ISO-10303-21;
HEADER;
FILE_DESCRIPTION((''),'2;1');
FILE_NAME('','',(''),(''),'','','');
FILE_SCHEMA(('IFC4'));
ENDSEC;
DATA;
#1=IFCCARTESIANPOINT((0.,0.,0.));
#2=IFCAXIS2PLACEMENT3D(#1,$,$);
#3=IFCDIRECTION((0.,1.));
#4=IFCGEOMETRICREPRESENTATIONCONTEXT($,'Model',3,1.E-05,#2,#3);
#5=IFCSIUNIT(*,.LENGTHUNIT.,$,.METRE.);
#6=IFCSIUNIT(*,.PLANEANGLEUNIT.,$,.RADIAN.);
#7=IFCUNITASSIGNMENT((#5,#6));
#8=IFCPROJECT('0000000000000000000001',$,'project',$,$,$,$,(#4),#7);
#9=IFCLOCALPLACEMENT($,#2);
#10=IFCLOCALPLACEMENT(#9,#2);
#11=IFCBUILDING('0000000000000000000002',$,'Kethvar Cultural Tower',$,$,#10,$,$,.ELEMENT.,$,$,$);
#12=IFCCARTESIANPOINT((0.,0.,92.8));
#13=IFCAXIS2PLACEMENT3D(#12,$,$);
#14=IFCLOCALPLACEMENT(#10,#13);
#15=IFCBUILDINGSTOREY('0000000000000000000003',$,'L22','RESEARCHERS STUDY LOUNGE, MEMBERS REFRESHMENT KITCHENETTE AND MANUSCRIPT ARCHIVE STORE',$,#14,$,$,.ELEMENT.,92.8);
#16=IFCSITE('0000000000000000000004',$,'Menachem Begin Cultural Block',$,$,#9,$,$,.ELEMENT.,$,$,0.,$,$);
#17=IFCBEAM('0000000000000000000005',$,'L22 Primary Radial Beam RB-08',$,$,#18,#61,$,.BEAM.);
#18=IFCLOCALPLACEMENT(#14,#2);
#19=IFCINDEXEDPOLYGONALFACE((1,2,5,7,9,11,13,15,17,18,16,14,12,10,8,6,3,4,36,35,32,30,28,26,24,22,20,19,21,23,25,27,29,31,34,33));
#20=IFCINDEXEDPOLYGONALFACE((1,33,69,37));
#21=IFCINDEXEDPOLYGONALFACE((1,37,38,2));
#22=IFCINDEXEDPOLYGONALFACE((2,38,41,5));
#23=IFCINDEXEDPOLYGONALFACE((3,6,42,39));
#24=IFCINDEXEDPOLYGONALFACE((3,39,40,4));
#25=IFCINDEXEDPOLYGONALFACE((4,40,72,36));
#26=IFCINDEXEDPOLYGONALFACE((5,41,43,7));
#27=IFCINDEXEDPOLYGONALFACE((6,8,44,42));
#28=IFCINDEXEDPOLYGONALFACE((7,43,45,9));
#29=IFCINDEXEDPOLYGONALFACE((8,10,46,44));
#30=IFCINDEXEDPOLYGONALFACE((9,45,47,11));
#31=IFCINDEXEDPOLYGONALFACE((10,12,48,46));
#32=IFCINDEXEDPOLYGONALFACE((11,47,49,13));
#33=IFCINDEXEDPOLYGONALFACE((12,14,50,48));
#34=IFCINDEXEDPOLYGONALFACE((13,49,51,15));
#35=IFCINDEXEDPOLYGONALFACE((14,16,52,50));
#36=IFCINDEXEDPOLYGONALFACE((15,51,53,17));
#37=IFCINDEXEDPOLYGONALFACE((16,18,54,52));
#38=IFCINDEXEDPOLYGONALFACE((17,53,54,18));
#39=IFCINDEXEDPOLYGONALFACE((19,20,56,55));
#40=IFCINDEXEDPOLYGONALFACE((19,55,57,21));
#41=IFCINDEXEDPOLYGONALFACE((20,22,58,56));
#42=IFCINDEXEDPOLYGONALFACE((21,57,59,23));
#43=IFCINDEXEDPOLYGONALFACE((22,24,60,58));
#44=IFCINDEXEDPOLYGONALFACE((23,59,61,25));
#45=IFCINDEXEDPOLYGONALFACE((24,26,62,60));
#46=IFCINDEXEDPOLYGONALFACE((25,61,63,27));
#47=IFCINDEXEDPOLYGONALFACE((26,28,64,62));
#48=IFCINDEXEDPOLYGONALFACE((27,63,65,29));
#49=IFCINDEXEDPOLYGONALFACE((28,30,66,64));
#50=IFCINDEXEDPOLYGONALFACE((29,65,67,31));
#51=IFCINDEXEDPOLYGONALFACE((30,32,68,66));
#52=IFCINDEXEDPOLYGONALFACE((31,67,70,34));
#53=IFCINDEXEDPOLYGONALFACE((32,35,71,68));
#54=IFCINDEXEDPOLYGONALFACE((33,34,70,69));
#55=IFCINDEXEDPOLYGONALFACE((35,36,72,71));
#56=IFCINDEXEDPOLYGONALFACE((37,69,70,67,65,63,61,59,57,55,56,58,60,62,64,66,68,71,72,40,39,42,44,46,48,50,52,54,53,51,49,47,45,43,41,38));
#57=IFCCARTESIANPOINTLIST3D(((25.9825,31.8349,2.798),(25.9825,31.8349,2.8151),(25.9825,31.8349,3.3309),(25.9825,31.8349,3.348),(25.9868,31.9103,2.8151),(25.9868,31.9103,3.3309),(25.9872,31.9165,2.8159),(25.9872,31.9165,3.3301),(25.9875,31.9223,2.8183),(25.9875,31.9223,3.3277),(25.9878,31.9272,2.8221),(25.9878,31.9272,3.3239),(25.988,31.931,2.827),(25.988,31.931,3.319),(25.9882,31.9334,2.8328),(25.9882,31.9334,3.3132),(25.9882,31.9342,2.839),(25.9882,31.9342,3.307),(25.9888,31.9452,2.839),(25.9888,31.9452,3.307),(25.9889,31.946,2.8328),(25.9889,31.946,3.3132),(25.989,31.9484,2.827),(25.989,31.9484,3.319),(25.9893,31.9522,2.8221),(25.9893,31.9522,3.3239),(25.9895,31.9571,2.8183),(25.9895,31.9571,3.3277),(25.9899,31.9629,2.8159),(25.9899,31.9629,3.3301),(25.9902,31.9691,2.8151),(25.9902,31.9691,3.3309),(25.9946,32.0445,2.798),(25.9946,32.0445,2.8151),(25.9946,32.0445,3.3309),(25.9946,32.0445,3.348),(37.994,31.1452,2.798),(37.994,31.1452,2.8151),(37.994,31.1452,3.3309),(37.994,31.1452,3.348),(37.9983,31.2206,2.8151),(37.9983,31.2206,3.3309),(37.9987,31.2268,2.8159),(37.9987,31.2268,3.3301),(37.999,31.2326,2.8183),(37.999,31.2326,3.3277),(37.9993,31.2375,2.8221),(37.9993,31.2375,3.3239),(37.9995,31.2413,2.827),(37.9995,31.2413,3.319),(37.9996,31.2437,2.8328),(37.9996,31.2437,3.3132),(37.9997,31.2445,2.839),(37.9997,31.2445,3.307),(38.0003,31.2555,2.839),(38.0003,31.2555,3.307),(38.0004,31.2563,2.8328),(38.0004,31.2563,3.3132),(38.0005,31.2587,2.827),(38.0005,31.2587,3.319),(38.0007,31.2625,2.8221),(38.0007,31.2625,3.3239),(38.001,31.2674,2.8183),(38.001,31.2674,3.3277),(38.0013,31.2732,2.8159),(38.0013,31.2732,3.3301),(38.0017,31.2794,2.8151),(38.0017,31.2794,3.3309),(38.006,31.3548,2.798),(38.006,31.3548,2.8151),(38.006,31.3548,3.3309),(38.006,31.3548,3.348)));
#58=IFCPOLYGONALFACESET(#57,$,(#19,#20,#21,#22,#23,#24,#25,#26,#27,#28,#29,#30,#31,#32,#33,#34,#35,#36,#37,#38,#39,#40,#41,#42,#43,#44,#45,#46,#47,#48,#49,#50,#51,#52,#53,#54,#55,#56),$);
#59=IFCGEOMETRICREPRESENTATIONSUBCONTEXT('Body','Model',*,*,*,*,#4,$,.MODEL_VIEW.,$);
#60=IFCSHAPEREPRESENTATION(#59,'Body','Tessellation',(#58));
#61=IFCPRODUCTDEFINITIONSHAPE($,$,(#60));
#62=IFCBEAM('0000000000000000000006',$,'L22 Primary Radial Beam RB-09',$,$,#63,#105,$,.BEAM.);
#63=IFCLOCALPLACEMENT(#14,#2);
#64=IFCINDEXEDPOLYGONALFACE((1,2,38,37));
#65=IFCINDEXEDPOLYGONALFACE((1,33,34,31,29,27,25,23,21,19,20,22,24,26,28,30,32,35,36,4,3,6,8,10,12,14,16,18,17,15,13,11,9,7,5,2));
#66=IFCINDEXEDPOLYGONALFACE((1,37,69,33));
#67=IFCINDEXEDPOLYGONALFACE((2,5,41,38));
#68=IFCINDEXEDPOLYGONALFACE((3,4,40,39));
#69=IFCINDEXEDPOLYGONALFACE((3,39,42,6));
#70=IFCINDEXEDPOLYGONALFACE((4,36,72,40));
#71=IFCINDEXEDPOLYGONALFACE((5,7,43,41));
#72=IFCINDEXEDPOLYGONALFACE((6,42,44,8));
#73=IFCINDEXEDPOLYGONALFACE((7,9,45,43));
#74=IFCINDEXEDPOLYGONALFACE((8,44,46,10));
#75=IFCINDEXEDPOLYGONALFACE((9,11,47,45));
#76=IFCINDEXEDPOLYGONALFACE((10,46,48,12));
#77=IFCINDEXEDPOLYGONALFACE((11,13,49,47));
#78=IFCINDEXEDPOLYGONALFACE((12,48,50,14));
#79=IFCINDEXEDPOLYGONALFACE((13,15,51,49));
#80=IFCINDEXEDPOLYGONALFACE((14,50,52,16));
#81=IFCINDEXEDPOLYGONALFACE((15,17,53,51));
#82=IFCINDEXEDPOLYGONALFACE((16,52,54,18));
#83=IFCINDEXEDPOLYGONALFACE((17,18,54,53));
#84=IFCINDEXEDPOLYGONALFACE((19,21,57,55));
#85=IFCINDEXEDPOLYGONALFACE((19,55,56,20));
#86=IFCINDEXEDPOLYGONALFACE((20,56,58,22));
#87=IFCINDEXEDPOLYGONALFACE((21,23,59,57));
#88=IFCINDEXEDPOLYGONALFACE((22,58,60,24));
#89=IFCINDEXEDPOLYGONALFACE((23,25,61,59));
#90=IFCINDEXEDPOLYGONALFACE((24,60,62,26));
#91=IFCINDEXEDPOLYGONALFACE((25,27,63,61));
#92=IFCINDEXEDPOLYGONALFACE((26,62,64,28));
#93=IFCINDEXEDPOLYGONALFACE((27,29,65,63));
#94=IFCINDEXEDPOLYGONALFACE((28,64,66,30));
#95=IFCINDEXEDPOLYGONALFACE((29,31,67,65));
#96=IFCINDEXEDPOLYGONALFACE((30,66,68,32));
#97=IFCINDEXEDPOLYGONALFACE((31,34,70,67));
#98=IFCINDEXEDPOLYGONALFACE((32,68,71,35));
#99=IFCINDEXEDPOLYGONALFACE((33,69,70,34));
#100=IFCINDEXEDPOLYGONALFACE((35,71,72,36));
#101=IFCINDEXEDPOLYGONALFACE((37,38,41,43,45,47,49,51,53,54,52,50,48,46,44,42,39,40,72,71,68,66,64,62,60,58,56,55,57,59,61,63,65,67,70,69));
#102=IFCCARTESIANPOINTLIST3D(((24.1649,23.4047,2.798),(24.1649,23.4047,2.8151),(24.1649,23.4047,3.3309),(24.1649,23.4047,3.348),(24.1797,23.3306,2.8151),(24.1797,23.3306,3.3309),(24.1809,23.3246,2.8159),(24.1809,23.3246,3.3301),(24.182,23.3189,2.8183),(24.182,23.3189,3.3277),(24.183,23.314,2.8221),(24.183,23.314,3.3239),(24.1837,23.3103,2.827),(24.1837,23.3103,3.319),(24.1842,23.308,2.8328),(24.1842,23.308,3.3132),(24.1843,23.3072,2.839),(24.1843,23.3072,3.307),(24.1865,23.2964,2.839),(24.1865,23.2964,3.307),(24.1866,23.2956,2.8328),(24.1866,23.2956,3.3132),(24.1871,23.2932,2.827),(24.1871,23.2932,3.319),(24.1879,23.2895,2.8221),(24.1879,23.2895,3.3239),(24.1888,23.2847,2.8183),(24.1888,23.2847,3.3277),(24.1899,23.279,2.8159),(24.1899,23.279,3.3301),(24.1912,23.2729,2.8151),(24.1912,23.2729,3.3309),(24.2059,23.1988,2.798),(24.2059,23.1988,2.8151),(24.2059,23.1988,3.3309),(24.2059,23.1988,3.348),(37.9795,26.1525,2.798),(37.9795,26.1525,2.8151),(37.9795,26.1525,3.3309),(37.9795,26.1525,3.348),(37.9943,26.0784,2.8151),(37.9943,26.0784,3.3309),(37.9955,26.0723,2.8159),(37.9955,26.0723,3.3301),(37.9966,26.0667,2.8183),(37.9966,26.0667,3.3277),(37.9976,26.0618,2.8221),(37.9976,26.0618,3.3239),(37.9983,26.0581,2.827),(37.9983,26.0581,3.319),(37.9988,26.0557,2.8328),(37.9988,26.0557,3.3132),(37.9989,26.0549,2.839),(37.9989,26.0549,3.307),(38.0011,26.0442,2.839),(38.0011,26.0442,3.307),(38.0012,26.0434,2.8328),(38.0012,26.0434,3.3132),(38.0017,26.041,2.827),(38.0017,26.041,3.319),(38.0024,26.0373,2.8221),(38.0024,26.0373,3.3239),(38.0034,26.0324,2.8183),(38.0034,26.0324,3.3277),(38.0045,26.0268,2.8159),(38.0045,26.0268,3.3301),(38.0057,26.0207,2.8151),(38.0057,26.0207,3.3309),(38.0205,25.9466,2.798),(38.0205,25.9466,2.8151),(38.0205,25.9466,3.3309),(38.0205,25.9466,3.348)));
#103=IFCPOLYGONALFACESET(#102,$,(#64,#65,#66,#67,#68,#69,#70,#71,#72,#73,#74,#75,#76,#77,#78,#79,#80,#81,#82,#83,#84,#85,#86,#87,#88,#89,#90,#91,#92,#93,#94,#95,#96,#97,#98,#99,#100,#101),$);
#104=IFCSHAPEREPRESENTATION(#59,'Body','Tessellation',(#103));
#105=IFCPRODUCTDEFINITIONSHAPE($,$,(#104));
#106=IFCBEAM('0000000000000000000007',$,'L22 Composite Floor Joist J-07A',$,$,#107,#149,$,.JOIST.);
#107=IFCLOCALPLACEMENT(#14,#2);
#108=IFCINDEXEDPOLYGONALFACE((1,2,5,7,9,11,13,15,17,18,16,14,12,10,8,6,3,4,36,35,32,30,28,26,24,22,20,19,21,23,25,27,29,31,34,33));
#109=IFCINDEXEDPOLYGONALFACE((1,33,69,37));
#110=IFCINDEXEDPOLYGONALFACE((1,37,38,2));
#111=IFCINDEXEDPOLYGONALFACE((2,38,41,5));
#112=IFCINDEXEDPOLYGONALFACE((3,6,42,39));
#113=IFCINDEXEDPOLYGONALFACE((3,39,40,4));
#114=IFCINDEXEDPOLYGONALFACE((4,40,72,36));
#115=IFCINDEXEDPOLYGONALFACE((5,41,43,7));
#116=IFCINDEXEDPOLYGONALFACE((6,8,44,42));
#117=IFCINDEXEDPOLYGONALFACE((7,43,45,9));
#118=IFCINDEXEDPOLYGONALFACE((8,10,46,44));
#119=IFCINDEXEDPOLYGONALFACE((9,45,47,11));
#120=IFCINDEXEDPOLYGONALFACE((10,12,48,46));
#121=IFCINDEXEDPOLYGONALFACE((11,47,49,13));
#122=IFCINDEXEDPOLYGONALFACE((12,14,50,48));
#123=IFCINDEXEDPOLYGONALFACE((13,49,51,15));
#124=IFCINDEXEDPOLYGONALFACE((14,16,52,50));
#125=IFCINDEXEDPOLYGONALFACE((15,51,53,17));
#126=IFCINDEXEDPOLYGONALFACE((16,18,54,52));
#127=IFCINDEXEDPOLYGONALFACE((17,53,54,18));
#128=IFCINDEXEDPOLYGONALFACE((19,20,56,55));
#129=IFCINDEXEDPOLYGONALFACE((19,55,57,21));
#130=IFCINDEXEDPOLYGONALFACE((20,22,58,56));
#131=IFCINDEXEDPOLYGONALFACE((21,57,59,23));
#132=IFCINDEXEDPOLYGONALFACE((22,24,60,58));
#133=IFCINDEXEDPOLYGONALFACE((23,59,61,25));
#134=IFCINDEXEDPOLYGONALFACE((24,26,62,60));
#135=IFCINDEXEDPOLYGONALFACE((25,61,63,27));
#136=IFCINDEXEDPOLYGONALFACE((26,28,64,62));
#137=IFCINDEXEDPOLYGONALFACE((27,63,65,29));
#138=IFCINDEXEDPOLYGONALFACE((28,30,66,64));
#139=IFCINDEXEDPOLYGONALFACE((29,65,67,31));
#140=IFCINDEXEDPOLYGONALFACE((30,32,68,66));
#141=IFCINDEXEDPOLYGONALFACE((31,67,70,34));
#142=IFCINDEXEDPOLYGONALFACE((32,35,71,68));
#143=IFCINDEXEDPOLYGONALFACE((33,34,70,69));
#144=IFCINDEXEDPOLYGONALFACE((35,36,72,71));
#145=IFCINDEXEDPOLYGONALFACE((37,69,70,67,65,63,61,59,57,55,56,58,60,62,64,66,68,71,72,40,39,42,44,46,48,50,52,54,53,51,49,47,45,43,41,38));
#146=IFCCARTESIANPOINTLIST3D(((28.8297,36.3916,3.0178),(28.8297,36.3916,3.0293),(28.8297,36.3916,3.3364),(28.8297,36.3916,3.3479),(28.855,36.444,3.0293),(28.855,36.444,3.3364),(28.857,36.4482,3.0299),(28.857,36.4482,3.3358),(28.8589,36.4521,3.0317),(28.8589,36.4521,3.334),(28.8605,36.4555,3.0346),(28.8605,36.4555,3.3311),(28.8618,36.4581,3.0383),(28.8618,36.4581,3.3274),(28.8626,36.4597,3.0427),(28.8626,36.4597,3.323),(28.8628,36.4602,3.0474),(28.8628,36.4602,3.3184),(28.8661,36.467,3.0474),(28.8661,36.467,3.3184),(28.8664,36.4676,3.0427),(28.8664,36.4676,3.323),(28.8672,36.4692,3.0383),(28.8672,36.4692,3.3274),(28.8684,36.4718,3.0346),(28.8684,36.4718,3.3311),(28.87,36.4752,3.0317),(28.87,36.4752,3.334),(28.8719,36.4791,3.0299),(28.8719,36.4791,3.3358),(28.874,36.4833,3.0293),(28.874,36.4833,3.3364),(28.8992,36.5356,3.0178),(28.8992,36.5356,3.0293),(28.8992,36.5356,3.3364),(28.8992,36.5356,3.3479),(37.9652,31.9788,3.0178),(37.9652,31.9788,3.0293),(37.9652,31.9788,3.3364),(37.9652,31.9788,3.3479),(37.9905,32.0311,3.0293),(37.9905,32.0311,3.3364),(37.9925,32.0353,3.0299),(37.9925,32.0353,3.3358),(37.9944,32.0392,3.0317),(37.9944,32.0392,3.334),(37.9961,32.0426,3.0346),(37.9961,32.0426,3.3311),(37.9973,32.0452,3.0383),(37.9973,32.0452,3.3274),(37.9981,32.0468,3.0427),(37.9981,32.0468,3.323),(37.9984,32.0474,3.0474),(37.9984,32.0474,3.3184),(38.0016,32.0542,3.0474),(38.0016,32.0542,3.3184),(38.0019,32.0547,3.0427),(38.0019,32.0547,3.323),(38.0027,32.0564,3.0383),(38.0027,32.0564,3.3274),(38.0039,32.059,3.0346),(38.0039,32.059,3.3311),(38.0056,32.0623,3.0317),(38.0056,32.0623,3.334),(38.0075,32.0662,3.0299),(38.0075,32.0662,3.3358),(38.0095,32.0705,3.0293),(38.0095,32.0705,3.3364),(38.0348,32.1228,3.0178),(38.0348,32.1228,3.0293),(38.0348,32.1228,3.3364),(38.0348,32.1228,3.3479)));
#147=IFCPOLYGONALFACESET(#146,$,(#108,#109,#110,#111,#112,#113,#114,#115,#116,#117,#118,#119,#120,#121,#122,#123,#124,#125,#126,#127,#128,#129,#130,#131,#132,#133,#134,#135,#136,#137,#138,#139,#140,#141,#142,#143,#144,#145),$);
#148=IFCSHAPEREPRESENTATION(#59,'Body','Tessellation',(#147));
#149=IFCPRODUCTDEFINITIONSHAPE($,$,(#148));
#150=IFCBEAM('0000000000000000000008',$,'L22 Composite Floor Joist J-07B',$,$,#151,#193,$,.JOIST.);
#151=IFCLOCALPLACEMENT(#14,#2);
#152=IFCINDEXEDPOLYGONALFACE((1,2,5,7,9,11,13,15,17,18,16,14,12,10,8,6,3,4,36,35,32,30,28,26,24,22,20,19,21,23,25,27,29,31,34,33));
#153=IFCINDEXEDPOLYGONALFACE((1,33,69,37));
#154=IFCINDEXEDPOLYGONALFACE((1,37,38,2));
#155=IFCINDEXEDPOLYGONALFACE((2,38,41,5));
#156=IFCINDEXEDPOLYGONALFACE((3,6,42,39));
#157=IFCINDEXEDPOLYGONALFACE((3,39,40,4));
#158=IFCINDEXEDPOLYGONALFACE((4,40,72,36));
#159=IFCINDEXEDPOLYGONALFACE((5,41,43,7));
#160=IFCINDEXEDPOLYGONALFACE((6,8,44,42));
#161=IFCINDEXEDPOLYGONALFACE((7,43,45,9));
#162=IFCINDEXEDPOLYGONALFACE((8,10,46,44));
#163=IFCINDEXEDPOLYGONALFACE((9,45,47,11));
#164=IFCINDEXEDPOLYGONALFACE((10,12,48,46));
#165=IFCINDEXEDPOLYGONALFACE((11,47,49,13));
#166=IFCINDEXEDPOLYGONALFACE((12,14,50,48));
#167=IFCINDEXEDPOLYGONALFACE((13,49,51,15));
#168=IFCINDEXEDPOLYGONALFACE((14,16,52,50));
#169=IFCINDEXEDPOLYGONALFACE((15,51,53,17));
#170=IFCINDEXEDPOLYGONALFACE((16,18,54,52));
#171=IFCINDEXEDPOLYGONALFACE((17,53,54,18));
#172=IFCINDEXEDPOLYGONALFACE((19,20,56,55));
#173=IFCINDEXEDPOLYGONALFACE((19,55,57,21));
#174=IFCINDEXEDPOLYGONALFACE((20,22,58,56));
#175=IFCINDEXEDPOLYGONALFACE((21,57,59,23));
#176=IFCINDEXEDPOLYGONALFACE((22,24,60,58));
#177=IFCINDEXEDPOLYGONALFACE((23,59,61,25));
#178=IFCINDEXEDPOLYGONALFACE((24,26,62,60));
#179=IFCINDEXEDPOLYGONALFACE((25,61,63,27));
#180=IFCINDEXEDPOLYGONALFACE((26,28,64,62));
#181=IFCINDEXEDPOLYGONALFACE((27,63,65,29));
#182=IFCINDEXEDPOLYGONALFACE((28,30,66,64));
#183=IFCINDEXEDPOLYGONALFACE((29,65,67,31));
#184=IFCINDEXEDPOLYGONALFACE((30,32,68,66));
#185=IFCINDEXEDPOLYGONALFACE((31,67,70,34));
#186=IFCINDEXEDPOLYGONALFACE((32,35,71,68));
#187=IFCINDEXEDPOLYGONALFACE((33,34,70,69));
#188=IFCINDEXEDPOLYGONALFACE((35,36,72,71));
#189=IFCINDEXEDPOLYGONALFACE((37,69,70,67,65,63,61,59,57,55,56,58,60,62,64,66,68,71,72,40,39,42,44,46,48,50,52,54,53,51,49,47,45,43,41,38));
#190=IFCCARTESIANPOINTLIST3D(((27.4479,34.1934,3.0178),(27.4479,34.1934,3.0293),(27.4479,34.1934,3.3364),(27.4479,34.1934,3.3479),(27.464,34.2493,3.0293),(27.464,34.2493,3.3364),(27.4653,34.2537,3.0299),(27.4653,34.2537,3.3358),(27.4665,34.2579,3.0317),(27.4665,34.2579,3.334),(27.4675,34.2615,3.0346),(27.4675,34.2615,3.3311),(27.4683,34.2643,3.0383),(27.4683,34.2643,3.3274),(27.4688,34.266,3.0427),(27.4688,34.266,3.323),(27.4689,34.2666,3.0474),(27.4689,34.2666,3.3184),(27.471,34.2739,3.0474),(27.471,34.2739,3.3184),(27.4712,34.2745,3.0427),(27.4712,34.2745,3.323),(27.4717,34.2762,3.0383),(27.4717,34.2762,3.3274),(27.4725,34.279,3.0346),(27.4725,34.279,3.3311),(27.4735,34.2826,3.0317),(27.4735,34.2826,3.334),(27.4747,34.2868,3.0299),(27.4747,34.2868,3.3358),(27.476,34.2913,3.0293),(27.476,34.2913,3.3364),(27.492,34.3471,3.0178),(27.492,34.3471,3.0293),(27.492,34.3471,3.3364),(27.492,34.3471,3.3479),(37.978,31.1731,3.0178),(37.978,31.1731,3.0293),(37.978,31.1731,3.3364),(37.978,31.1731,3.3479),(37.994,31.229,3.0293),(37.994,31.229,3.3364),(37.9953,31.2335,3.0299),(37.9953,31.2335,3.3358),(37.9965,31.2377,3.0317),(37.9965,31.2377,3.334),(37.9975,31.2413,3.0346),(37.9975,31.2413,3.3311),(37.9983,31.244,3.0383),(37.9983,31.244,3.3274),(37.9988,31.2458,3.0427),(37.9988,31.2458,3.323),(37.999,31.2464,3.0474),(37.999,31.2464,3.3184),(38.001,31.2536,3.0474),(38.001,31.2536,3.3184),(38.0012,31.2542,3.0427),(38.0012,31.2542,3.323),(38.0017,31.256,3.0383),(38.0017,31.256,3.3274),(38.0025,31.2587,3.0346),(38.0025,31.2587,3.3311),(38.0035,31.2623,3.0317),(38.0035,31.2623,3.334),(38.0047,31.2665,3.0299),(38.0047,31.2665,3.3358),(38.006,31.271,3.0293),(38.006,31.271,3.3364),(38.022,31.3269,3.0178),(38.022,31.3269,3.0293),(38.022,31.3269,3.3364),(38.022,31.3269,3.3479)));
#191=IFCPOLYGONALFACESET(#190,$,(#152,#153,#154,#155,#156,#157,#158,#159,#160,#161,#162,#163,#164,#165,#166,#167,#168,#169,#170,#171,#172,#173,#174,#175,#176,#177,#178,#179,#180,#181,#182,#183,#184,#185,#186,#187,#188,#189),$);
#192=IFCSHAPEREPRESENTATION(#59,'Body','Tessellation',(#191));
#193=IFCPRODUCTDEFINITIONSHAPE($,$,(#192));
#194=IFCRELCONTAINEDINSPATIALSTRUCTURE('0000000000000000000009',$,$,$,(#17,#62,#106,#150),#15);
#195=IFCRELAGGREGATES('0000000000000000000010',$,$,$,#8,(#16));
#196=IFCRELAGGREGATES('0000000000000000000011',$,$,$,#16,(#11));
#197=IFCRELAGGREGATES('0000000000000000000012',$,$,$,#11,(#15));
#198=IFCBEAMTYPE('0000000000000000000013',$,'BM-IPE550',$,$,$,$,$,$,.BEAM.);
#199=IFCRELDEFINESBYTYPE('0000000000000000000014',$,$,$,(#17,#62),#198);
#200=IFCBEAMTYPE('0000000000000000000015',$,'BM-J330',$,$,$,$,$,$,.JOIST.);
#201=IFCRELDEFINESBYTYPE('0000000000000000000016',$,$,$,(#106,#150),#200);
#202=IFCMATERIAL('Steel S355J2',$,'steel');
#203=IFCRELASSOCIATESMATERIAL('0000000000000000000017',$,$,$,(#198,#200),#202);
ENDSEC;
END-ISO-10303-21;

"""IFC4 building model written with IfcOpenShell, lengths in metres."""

from ifc_helpers import new_model, si_unit, direction, frame, origin, origin_2d, place, context, subcontext, project, spatial, i_section, extrude, source, transform, mapped, material, material_profile, profile_set, type_object, element, save


model = new_model("IFC4")

# Units and contexts
model_context = context("Model", 3, precision=1e-05, world=origin(), true_north=direction((0.0, 1.0)))
body_context = subcontext(model_context, "Body", "Model", "MODEL_VIEW")
ifc_project = project(units=[si_unit("LENGTHUNIT", "METRE"), si_unit("PLANEANGLEUNIT", "RADIAN")], contexts=[model_context])

# Site, building, storey
site_placement = place(None, origin())
site = spatial("IfcSite", under=ifc_project, at=site_placement, Name="Menachem Begin Cultural Block", CompositionType="ELEMENT", RefElevation=0.0)
building_placement = place(site_placement, origin())
building = spatial("IfcBuilding", under=site, at=building_placement, Name="Kethvar Cultural Tower", CompositionType="ELEMENT")
storey_placement = place(building_placement, frame((0.0, 0.0, 92.8)))
storey = spatial("IfcBuildingStorey", under=building, at=storey_placement, Name="L22", Description="RESEARCHERS STUDY LOUNGE, MEMBERS REFRESHMENT KITCHENETTE AND MANUSCRIPT ARCHIVE STORE", CompositionType="ELEMENT", Elevation=92.8)

# Beams
ifc_material_1 = material(Name="Steel S355J2", Category="steel")
ifc_material_profile_1 = material_profile(ifc_material_1, i_section(OverallWidth=0.21, OverallDepth=0.55, WebThickness=0.011, FlangeThickness=0.0171, FilletRadius=0.0239, at=origin_2d()), Name="Steel S355J2 — IPE550")
ifc_profile_set_1 = profile_set([ifc_material_profile_1], Name="Steel S355J2 — IPE550")
beam_type_1 = type_object("IfcBeamType", Name="BM-IPE550", PredefinedType="BEAM", material=ifc_profile_set_1)
shared_shape_1 = source(origin(), body_context, "Body", "SweptSolid", [
    extrude(i_section(OverallWidth=0.21, OverallDepth=0.55, WebThickness=0.011, FlangeThickness=0.0171, FilletRadius=0.0239, at=origin_2d()), origin(), (0.0, 0.0, 1.0), 12.0312),
])
beam_1_placement = place(storey_placement, frame((38.0, 31.25, 3.073), z_axis=(-0.998356, 0.057325, 0.0), x_axis=(-0.057325, -0.998356, 0.0)))
element("IfcBeam", 1, at=beam_1_placement, inside=storey, type_object=beam_type_1, Name="L22 Primary Radial Beam RB-08", PredefinedType="BEAM", context=body_context, shape_type="MappedRepresentation", body=[
    mapped(shared_shape_1, transform((0.0, 0.0, 0.0), scale=1.0)),
])
shared_shape_2 = source(origin(), body_context, "Body", "SweptSolid", [
    extrude(i_section(OverallWidth=0.21, OverallDepth=0.55, WebThickness=0.011, FlangeThickness=0.0171, FilletRadius=0.0239, at=origin_2d()), origin(), (0.0, 0.0, 1.0), 14.0852),
])
beam_2_placement = place(storey_placement, frame((38.0, 26.0496, 3.073), z_axis=(-0.980787, -0.195083, 0.0), x_axis=(0.195083, -0.980787, 0.0)))
element("IfcBeam", 2, at=beam_2_placement, inside=storey, type_object=beam_type_1, Name="L22 Primary Radial Beam RB-09", PredefinedType="BEAM", context=body_context, shape_type="MappedRepresentation", body=[
    mapped(shared_shape_2, transform((0.0, 0.0, 0.0), scale=1.0)),
])
ifc_material_profile_2 = material_profile(ifc_material_1, i_section(OverallWidth=0.1599, OverallDepth=0.3301, WebThickness=0.0076, FlangeThickness=0.0115, FilletRadius=0.0181, at=origin_2d()), Name="Steel S355J2 — IPE330")
ifc_profile_set_2 = profile_set([ifc_material_profile_2], Name="Steel S355J2 — IPE330")
beam_type_2 = type_object("IfcBeamType", Name="BM-J330", PredefinedType="JOIST", material=ifc_profile_set_2)
shared_shape_3 = source(origin(), body_context, "Body", "SweptSolid", [
    extrude(i_section(OverallWidth=0.1599, OverallDepth=0.3301, WebThickness=0.0076, FlangeThickness=0.0115, FilletRadius=0.0181, at=origin_2d()), origin(), (0.0, 0.0, 1.0), 10.1455),
])
beam_3_placement = place(storey_placement, frame((38.0, 32.0508, 3.1829), z_axis=(-0.900451, 0.434957, 0.0), x_axis=(-0.434957, -0.900451, 0.0)))
element("IfcBeam", 3, at=beam_3_placement, inside=storey, type_object=beam_type_2, Name="L22 Composite Floor Joist J-07A", PredefinedType="JOIST", context=body_context, shape_type="MappedRepresentation", body=[
    mapped(shared_shape_3, transform((0.0, 0.0, 0.0), scale=1.0)),
])
shared_shape_4 = source(origin(), body_context, "Body", "SweptSolid", [
    extrude(i_section(OverallWidth=0.1599, OverallDepth=0.3301, WebThickness=0.0076, FlangeThickness=0.0115, FilletRadius=0.0181, at=origin_2d()), origin(), (0.0, 0.0, 1.0), 10.9546),
])
beam_4_placement = place(storey_placement, frame((38.0, 31.25, 3.1829), z_axis=(-0.961242, 0.275707, 0.0), x_axis=(-0.275707, -0.961242, 0.0)))
element("IfcBeam", 4, at=beam_4_placement, inside=storey, type_object=beam_type_2, Name="L22 Composite Floor Joist J-07B", PredefinedType="JOIST", context=body_context, shape_type="MappedRepresentation", body=[
    mapped(shared_shape_4, transform((0.0, 0.0, 0.0), scale=1.0)),
])

save(model, "model.ifc")
